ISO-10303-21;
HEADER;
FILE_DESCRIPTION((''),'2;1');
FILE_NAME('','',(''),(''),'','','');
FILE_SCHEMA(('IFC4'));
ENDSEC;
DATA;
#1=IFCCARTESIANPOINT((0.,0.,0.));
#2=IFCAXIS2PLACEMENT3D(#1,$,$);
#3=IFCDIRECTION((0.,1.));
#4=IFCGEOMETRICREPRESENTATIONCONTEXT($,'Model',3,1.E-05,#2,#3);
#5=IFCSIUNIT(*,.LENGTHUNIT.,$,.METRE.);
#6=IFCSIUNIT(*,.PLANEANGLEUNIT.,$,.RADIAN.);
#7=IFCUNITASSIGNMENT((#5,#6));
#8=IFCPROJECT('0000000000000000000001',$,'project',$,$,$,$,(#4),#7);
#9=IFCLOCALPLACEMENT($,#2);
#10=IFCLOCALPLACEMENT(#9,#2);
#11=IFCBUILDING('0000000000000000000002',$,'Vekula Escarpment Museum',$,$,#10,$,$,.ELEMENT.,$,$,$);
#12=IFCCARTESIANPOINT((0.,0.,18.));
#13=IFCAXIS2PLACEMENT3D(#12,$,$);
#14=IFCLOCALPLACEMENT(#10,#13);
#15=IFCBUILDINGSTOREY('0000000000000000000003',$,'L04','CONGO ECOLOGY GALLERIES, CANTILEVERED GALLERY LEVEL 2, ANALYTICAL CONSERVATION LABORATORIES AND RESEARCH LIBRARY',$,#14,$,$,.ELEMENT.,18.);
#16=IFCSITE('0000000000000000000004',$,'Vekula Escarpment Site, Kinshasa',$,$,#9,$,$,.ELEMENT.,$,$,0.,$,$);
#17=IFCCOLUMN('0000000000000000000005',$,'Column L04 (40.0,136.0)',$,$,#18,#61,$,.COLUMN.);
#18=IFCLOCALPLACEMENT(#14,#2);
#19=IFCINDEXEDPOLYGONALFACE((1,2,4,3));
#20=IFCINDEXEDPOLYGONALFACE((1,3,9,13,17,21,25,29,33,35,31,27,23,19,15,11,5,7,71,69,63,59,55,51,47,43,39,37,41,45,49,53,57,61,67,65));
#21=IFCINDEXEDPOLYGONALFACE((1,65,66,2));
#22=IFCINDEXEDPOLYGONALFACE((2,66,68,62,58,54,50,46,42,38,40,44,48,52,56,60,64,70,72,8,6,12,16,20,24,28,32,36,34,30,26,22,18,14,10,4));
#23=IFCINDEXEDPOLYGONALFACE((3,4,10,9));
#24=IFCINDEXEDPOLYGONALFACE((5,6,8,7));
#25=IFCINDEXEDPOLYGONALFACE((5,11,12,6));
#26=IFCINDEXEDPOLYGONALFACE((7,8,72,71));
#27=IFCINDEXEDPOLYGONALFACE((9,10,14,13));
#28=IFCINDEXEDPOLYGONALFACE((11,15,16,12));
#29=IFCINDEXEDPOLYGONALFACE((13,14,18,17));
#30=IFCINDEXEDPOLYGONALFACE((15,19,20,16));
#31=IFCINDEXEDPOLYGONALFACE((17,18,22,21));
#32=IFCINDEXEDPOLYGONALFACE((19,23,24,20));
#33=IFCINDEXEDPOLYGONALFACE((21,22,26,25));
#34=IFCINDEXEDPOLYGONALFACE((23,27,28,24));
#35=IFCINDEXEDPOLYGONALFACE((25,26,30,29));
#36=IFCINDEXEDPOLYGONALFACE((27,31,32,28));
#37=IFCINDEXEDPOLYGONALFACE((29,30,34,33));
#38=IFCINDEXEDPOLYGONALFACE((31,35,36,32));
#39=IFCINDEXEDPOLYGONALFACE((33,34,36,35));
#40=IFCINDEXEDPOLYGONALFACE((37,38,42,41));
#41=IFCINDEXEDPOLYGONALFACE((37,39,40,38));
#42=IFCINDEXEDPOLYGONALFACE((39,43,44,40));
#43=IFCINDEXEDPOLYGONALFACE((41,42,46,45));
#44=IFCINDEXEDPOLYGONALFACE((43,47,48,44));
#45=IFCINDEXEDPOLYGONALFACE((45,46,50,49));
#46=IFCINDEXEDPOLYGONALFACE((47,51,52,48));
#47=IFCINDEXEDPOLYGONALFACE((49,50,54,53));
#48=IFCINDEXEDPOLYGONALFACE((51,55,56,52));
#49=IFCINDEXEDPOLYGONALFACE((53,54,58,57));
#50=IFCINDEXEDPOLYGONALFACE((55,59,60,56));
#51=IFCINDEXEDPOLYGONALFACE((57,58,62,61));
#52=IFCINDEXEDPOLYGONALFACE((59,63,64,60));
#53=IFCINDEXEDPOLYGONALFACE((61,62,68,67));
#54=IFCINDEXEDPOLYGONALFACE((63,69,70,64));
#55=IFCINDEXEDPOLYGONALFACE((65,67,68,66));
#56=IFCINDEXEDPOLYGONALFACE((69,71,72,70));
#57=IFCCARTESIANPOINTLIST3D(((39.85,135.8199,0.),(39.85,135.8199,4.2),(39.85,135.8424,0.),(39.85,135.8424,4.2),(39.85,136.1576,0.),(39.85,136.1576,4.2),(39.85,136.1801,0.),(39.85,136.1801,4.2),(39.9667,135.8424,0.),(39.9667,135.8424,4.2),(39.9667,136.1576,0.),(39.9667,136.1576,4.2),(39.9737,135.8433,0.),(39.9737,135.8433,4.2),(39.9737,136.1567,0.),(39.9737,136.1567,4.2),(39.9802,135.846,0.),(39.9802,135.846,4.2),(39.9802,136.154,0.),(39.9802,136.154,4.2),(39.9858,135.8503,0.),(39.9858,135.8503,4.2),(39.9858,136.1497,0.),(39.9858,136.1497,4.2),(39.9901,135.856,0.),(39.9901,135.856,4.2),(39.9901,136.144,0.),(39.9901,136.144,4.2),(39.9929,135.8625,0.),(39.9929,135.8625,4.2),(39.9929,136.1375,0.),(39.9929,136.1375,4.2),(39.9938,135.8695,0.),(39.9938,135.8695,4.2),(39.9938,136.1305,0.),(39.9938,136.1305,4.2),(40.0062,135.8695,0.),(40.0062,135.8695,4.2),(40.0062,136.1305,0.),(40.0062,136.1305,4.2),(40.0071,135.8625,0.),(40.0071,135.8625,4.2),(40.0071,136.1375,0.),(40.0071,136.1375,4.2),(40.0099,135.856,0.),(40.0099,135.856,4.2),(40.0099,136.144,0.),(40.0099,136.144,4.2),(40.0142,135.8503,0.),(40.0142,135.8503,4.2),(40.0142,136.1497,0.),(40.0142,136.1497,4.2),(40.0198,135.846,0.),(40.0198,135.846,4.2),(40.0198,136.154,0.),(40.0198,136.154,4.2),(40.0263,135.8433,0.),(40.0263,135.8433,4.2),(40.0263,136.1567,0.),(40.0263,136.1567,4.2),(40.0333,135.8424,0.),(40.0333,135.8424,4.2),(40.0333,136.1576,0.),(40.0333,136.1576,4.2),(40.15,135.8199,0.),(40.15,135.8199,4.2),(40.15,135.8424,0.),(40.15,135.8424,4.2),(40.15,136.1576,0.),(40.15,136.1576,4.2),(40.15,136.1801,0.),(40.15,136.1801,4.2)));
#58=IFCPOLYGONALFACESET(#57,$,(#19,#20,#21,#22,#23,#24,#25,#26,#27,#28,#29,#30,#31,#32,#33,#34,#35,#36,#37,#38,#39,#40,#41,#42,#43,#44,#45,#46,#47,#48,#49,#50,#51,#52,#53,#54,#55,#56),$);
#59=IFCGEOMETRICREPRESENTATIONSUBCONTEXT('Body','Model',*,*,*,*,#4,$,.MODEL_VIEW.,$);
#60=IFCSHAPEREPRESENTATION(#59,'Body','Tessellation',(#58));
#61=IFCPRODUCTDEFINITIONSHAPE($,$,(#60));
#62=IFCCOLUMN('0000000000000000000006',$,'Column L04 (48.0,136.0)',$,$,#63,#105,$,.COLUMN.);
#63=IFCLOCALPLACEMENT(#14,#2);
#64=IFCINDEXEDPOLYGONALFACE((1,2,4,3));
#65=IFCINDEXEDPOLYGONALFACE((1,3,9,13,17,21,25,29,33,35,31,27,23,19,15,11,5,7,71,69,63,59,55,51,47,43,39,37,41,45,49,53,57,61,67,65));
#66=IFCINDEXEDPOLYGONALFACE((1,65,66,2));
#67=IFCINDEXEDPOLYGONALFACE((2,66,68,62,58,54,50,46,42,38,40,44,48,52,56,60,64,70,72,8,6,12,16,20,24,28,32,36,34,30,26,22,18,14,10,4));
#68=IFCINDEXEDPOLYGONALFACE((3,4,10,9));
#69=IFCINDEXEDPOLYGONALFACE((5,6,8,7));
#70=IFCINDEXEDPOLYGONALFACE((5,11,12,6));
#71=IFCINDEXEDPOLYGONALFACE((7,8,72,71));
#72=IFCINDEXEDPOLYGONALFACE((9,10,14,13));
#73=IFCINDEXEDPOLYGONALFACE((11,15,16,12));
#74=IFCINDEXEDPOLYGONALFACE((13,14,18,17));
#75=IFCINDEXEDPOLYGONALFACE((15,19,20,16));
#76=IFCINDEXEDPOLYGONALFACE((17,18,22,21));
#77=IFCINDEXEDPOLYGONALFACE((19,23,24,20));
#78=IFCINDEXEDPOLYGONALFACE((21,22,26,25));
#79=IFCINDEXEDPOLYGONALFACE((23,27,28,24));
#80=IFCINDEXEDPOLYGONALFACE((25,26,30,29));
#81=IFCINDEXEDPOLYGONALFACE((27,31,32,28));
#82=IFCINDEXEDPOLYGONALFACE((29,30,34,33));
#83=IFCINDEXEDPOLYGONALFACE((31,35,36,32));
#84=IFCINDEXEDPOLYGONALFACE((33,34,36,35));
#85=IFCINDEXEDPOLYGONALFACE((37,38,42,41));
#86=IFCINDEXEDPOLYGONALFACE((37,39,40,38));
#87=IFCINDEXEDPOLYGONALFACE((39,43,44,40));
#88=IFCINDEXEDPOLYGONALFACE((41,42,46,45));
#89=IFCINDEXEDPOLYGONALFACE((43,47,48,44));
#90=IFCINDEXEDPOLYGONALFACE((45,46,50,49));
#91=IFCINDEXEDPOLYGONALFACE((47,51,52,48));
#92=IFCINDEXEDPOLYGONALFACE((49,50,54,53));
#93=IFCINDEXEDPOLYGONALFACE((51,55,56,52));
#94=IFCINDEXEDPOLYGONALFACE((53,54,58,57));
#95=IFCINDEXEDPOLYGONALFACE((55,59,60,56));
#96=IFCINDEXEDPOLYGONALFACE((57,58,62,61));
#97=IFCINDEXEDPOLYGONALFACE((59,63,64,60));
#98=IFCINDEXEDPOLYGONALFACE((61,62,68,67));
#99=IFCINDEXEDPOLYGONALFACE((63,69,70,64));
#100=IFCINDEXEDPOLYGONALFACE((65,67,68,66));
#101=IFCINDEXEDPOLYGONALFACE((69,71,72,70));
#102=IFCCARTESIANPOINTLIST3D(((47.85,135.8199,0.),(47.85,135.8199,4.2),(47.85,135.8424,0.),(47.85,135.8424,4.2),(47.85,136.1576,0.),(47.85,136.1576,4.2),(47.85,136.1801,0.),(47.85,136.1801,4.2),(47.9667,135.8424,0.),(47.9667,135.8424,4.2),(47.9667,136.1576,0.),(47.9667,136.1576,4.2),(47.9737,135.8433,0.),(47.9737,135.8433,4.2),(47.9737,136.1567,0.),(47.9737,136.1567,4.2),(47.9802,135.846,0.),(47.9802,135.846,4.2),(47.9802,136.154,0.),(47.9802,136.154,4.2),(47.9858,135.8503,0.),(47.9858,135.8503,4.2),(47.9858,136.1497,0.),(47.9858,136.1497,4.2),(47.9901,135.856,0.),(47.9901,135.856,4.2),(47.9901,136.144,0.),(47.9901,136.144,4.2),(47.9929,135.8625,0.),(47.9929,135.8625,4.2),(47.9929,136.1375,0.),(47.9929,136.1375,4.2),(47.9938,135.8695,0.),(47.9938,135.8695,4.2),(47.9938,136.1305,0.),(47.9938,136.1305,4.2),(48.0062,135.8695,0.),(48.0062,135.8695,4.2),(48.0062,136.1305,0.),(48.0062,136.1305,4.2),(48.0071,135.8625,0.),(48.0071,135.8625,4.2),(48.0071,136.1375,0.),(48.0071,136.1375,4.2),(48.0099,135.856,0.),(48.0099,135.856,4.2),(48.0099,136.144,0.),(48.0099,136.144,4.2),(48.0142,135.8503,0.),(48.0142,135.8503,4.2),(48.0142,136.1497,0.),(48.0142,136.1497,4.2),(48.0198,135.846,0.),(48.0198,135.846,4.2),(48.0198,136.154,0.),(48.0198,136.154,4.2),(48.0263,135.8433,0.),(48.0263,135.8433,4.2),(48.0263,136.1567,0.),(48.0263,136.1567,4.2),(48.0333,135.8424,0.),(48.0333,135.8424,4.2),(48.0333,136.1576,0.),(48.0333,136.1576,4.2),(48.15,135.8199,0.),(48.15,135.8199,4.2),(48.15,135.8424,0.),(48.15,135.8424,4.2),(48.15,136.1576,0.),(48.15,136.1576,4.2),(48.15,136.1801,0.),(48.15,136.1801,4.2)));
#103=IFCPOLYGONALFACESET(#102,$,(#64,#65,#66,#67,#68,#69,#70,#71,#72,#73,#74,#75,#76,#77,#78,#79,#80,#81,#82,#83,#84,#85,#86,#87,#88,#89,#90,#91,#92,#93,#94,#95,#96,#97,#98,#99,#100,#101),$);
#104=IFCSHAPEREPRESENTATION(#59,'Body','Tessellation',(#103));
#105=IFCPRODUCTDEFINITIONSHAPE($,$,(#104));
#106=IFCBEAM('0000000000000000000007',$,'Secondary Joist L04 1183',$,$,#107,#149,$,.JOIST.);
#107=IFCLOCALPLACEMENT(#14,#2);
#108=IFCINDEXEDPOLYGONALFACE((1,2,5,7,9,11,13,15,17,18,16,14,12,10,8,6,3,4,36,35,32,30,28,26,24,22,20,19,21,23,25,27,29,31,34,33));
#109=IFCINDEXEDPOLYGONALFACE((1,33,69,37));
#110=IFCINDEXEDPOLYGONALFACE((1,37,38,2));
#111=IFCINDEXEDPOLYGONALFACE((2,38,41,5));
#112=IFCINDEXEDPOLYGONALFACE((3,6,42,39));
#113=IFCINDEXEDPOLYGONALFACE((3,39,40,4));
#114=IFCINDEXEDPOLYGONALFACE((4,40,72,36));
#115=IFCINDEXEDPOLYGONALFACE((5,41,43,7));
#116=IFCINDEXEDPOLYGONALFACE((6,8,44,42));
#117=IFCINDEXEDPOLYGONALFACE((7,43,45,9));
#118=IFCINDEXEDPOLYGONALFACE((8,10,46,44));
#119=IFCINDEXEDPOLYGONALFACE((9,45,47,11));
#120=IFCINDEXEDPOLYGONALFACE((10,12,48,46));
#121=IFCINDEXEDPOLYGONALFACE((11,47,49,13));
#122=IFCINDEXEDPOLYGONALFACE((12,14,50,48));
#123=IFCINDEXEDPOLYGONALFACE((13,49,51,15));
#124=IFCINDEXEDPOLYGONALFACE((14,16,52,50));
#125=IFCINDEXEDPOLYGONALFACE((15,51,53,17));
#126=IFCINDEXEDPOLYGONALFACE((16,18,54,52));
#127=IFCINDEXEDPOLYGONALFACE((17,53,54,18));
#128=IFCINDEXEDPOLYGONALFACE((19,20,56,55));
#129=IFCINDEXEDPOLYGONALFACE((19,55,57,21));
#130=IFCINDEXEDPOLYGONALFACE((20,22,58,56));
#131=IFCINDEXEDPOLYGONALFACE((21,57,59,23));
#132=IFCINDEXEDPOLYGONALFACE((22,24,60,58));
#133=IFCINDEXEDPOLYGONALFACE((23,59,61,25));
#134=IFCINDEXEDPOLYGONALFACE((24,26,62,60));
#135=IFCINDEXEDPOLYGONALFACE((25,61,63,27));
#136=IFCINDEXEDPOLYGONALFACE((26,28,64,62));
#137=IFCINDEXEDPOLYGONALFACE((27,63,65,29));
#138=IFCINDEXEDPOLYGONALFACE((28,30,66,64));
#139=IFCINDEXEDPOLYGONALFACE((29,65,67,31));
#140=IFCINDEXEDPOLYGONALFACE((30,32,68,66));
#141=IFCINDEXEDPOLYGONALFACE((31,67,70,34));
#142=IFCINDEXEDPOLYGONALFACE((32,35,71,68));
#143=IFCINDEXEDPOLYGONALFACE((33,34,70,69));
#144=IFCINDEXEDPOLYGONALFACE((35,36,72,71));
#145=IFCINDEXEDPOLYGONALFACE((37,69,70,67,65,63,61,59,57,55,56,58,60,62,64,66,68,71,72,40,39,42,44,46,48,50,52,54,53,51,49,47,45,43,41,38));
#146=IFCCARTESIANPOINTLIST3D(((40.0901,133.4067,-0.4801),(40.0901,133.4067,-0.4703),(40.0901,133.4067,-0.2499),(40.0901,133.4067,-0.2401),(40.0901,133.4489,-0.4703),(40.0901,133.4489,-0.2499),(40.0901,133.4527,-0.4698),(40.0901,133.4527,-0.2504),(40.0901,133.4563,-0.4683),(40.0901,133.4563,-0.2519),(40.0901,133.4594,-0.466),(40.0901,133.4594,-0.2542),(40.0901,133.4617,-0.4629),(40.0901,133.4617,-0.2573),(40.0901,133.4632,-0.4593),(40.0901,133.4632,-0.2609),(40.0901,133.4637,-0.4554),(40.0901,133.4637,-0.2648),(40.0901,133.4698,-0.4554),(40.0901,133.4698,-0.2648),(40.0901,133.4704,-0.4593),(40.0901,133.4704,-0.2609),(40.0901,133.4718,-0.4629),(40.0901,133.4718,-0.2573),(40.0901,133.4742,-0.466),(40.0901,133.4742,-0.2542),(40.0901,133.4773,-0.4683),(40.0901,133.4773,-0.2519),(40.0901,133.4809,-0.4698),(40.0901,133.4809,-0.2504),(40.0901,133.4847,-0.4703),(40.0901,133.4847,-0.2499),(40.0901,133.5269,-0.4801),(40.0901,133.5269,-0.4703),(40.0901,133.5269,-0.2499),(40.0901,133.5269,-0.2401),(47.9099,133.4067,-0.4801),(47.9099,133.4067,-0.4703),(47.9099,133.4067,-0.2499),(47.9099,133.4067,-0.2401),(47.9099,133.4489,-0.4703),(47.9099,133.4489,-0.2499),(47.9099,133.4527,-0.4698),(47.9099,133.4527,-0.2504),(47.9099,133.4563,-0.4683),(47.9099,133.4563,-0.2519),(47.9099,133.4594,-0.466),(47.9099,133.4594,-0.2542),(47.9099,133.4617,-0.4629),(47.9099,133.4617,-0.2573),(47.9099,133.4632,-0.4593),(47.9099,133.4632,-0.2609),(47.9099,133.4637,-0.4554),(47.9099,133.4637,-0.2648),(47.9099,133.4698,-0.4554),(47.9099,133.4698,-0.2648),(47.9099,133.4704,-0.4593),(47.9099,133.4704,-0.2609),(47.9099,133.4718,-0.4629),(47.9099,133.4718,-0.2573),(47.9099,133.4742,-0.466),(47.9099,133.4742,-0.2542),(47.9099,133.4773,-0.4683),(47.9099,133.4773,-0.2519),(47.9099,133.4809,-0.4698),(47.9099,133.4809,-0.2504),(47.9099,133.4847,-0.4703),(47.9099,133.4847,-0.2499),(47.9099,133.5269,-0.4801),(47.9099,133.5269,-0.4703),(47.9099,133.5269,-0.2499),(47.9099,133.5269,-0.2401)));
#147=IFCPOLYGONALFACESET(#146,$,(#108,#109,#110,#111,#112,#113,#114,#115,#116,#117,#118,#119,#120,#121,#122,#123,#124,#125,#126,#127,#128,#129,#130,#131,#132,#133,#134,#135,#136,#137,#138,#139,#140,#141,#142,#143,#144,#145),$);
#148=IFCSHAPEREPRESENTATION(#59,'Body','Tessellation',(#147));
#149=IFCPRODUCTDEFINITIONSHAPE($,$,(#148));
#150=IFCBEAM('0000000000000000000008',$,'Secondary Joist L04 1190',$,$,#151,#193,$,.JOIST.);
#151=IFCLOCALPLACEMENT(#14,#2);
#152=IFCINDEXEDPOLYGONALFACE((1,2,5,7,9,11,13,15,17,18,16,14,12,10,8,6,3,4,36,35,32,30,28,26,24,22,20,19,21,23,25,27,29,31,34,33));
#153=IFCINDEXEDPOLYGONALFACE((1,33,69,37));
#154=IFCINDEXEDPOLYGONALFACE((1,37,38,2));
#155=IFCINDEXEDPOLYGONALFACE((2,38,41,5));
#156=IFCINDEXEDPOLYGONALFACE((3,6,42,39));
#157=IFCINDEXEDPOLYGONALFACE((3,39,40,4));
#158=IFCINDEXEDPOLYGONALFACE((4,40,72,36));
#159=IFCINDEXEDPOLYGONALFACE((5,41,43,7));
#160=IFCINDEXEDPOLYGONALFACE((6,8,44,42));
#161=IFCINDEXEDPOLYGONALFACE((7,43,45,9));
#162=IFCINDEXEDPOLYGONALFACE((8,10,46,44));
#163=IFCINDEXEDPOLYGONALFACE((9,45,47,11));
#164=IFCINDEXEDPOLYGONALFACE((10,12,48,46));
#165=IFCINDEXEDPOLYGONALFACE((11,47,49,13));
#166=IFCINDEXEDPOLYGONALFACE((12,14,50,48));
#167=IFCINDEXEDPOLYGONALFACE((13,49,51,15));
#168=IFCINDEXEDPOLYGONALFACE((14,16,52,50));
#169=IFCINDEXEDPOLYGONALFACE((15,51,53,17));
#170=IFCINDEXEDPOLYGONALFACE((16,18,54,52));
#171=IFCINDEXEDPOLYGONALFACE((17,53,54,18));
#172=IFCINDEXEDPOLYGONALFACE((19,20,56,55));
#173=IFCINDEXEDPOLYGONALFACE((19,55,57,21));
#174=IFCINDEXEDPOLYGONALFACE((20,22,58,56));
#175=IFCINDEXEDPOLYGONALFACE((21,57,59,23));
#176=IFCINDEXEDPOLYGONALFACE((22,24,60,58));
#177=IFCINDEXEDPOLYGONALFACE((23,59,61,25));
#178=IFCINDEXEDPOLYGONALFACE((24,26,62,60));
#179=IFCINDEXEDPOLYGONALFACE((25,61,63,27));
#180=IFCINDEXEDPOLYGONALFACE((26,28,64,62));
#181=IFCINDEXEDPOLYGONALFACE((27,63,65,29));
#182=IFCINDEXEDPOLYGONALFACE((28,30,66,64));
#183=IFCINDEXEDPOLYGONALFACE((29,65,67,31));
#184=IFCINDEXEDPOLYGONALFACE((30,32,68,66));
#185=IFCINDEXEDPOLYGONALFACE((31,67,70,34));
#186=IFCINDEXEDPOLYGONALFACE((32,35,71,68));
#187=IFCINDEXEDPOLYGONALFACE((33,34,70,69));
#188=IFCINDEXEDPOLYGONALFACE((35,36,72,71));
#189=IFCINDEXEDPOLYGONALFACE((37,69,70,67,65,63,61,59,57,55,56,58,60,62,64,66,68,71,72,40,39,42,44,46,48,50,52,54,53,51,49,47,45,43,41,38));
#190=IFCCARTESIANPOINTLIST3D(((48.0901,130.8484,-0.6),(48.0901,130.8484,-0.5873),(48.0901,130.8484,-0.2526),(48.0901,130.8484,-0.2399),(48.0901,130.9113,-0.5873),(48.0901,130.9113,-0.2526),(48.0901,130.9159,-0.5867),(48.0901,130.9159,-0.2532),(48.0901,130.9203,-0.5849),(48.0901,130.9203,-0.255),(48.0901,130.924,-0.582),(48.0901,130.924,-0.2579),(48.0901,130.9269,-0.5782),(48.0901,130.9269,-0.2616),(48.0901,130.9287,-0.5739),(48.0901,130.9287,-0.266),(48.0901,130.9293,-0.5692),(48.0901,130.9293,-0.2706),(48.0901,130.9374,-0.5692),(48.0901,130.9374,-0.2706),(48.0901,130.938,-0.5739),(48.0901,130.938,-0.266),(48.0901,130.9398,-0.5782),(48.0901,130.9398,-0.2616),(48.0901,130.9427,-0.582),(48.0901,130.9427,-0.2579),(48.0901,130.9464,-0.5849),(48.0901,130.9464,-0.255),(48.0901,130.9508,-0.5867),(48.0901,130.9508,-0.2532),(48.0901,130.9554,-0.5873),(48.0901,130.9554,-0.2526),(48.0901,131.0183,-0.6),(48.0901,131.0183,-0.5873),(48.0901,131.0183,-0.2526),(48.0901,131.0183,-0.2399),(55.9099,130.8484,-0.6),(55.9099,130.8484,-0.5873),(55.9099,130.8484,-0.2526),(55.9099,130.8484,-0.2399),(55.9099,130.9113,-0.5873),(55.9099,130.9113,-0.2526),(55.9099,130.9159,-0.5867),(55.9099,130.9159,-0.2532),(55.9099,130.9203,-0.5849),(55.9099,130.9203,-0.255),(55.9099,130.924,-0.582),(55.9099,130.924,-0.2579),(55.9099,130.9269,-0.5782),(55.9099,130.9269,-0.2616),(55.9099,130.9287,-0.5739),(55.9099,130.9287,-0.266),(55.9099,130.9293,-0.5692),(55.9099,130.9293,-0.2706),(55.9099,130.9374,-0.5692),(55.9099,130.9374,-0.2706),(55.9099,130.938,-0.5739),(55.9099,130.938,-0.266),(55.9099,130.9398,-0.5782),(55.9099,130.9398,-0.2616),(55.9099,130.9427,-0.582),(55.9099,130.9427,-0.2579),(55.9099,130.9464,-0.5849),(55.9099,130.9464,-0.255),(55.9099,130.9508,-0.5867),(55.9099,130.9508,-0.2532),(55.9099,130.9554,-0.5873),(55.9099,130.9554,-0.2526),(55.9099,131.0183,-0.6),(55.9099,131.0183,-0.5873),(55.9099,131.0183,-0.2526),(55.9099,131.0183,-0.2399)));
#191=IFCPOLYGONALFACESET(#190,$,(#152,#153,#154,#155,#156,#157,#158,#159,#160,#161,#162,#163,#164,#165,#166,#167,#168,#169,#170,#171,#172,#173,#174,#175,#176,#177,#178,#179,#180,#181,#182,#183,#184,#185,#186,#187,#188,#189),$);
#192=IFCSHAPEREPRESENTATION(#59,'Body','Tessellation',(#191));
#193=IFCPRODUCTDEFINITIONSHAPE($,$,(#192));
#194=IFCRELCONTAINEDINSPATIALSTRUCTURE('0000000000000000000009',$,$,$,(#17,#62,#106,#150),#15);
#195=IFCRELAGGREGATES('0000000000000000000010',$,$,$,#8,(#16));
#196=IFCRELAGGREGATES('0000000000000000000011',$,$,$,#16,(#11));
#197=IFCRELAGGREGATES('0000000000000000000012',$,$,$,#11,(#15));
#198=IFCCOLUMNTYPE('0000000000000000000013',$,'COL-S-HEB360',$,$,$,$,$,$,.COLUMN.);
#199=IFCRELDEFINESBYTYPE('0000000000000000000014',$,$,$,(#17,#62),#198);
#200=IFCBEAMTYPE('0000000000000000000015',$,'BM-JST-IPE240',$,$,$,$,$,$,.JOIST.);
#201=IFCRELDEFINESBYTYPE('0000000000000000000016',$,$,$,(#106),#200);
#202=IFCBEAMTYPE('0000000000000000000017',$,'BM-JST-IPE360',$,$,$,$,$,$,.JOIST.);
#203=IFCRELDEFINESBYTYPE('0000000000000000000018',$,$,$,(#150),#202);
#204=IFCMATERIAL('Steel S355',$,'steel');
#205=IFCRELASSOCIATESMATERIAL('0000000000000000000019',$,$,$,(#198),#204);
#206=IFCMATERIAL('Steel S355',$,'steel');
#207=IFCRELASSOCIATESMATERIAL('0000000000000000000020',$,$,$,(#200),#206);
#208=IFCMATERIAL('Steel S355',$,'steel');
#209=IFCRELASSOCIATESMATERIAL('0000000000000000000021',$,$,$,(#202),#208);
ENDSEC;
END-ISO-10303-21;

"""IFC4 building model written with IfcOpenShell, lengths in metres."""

from ifc_helpers import new_model, si_unit, direction, frame, origin, origin_2d, place, context, subcontext, project, spatial, i_section, extrude, material, material_profile, profile_set, type_object, element, save


model = new_model("IFC4")

# Units and contexts
model_context = context("Model", 3, precision=1e-05, world=origin(), true_north=direction((0.0, 1.0)))
body_context = subcontext(model_context, "Body", "Model", "MODEL_VIEW")
ifc_project = project(units=[si_unit("LENGTHUNIT", "METRE"), si_unit("PLANEANGLEUNIT", "RADIAN")], contexts=[model_context])

# Site, building, storey
site_placement = place(None, origin())
site = spatial("IfcSite", under=ifc_project, at=site_placement, Name="Vekula Escarpment Site, Kinshasa", CompositionType="ELEMENT", RefElevation=0.0)
building_placement = place(site_placement, origin())
building = spatial("IfcBuilding", under=site, at=building_placement, Name="Vekula Escarpment Museum", CompositionType="ELEMENT")
storey_placement = place(building_placement, frame((0.0, 0.0, 18.0)))
storey = spatial("IfcBuildingStorey", under=building, at=storey_placement, Name="L04", Description="CONGO ECOLOGY GALLERIES, CANTILEVERED GALLERY LEVEL 2, ANALYTICAL CONSERVATION LABORATORIES AND RESEARCH LIBRARY", CompositionType="ELEMENT", Elevation=18.0)

# Columns
ifc_material_1 = material(Name="Steel S355", Category="steel")
ifc_material_profile_1 = material_profile(ifc_material_1, i_section(OverallWidth=0.3, OverallDepth=0.3601, WebThickness=0.0125, FlangeThickness=0.0225, FilletRadius=0.0271, at=origin_2d()), Name="HEB 360")
ifc_profile_set_1 = profile_set([ifc_material_profile_1], Name="Steel S355")
column_type = type_object("IfcColumnType", Name="COL-S-HEB360", PredefinedType="COLUMN", material=ifc_profile_set_1)
for number, where, z_axis, x_axis, name in (
    (1, (40.0, 136.0, 0.0), (0.0, 0.0, 1.0), (1.0, 0.0, 0.0), "Column L04 (40.0,136.0)"),
    (2, (48.0, 136.0, 0.0), (0.0, 0.0, 1.0), (1.0, 0.0, 0.0), "Column L04 (48.0,136.0)"),
):
    element("IfcColumn", number, at=place(storey_placement, frame(where, z_axis=z_axis, x_axis=x_axis)), inside=storey, type_object=column_type, Name=name, PredefinedType="COLUMN", context=body_context, shape_type="SweptSolid", body=[
        extrude(i_section(OverallWidth=0.3, OverallDepth=0.3601, WebThickness=0.0125, FlangeThickness=0.0225, FilletRadius=0.0271, at=origin_2d()), origin(), (0.0, 0.0, 1.0), 4.2),
    ])

# Beams
ifc_material_2 = material(Name="Steel S355", Category="steel")
ifc_material_profile_2 = material_profile(ifc_material_2, i_section(OverallWidth=0.1201, OverallDepth=0.24, WebThickness=0.0061, FlangeThickness=0.0098, FilletRadius=0.0149, at=origin_2d()), Name="IPE 240")
ifc_profile_set_2 = profile_set([ifc_material_profile_2], Name="Steel S355")
beam_type_1 = type_object("IfcBeamType", Name="BM-JST-IPE240", PredefinedType="JOIST", material=ifc_profile_set_2)
beam_placement = place(storey_placement, frame((40.0901, 133.4668, -0.3601), z_axis=(1.0, 0.0, 0.0), x_axis=(0.0, 1.0, 0.0)))
element("IfcBeam", 3, at=beam_placement, inside=storey, type_object=beam_type_1, Name="Secondary Joist L04 1183", PredefinedType="JOIST", context=body_context, shape_type="SweptSolid", body=[
    extrude(i_section(OverallWidth=0.1201, OverallDepth=0.24, WebThickness=0.0061, FlangeThickness=0.0098, FilletRadius=0.0149, at=origin_2d()), origin(), (0.0, 0.0, 1.0), 7.8198),
])
ifc_material_3 = material(Name="Steel S355", Category="steel")
ifc_material_profile_3 = material_profile(ifc_material_3, i_section(OverallWidth=0.1699, OverallDepth=0.3601, WebThickness=0.0081, FlangeThickness=0.0127, FilletRadius=0.0181, at=origin_2d()), Name="IPE 360")
ifc_profile_set_3 = profile_set([ifc_material_profile_3], Name="Steel S355")
beam_type_2 = type_object("IfcBeamType", Name="BM-JST-IPE360", PredefinedType="JOIST", material=ifc_profile_set_3)
for number, where, z_axis, x_axis, name in (
    (4, (48.0901, 130.9333, -0.4199), (1.0, 0.0, 0.0), (0.0, 1.0, 0.0), "Secondary Joist L04 1190"),
):
    element("IfcBeam", number, at=place(storey_placement, frame(where, z_axis=z_axis, x_axis=x_axis)), inside=storey, type_object=beam_type_2, Name=name, PredefinedType="JOIST", context=body_context, shape_type="SweptSolid", body=[
        extrude(i_section(OverallWidth=0.1699, OverallDepth=0.3601, WebThickness=0.0081, FlangeThickness=0.0127, FilletRadius=0.0181, at=origin_2d()), origin(), (0.0, 0.0, 1.0), 7.8198),
    ])

save(model, "model.ifc")
